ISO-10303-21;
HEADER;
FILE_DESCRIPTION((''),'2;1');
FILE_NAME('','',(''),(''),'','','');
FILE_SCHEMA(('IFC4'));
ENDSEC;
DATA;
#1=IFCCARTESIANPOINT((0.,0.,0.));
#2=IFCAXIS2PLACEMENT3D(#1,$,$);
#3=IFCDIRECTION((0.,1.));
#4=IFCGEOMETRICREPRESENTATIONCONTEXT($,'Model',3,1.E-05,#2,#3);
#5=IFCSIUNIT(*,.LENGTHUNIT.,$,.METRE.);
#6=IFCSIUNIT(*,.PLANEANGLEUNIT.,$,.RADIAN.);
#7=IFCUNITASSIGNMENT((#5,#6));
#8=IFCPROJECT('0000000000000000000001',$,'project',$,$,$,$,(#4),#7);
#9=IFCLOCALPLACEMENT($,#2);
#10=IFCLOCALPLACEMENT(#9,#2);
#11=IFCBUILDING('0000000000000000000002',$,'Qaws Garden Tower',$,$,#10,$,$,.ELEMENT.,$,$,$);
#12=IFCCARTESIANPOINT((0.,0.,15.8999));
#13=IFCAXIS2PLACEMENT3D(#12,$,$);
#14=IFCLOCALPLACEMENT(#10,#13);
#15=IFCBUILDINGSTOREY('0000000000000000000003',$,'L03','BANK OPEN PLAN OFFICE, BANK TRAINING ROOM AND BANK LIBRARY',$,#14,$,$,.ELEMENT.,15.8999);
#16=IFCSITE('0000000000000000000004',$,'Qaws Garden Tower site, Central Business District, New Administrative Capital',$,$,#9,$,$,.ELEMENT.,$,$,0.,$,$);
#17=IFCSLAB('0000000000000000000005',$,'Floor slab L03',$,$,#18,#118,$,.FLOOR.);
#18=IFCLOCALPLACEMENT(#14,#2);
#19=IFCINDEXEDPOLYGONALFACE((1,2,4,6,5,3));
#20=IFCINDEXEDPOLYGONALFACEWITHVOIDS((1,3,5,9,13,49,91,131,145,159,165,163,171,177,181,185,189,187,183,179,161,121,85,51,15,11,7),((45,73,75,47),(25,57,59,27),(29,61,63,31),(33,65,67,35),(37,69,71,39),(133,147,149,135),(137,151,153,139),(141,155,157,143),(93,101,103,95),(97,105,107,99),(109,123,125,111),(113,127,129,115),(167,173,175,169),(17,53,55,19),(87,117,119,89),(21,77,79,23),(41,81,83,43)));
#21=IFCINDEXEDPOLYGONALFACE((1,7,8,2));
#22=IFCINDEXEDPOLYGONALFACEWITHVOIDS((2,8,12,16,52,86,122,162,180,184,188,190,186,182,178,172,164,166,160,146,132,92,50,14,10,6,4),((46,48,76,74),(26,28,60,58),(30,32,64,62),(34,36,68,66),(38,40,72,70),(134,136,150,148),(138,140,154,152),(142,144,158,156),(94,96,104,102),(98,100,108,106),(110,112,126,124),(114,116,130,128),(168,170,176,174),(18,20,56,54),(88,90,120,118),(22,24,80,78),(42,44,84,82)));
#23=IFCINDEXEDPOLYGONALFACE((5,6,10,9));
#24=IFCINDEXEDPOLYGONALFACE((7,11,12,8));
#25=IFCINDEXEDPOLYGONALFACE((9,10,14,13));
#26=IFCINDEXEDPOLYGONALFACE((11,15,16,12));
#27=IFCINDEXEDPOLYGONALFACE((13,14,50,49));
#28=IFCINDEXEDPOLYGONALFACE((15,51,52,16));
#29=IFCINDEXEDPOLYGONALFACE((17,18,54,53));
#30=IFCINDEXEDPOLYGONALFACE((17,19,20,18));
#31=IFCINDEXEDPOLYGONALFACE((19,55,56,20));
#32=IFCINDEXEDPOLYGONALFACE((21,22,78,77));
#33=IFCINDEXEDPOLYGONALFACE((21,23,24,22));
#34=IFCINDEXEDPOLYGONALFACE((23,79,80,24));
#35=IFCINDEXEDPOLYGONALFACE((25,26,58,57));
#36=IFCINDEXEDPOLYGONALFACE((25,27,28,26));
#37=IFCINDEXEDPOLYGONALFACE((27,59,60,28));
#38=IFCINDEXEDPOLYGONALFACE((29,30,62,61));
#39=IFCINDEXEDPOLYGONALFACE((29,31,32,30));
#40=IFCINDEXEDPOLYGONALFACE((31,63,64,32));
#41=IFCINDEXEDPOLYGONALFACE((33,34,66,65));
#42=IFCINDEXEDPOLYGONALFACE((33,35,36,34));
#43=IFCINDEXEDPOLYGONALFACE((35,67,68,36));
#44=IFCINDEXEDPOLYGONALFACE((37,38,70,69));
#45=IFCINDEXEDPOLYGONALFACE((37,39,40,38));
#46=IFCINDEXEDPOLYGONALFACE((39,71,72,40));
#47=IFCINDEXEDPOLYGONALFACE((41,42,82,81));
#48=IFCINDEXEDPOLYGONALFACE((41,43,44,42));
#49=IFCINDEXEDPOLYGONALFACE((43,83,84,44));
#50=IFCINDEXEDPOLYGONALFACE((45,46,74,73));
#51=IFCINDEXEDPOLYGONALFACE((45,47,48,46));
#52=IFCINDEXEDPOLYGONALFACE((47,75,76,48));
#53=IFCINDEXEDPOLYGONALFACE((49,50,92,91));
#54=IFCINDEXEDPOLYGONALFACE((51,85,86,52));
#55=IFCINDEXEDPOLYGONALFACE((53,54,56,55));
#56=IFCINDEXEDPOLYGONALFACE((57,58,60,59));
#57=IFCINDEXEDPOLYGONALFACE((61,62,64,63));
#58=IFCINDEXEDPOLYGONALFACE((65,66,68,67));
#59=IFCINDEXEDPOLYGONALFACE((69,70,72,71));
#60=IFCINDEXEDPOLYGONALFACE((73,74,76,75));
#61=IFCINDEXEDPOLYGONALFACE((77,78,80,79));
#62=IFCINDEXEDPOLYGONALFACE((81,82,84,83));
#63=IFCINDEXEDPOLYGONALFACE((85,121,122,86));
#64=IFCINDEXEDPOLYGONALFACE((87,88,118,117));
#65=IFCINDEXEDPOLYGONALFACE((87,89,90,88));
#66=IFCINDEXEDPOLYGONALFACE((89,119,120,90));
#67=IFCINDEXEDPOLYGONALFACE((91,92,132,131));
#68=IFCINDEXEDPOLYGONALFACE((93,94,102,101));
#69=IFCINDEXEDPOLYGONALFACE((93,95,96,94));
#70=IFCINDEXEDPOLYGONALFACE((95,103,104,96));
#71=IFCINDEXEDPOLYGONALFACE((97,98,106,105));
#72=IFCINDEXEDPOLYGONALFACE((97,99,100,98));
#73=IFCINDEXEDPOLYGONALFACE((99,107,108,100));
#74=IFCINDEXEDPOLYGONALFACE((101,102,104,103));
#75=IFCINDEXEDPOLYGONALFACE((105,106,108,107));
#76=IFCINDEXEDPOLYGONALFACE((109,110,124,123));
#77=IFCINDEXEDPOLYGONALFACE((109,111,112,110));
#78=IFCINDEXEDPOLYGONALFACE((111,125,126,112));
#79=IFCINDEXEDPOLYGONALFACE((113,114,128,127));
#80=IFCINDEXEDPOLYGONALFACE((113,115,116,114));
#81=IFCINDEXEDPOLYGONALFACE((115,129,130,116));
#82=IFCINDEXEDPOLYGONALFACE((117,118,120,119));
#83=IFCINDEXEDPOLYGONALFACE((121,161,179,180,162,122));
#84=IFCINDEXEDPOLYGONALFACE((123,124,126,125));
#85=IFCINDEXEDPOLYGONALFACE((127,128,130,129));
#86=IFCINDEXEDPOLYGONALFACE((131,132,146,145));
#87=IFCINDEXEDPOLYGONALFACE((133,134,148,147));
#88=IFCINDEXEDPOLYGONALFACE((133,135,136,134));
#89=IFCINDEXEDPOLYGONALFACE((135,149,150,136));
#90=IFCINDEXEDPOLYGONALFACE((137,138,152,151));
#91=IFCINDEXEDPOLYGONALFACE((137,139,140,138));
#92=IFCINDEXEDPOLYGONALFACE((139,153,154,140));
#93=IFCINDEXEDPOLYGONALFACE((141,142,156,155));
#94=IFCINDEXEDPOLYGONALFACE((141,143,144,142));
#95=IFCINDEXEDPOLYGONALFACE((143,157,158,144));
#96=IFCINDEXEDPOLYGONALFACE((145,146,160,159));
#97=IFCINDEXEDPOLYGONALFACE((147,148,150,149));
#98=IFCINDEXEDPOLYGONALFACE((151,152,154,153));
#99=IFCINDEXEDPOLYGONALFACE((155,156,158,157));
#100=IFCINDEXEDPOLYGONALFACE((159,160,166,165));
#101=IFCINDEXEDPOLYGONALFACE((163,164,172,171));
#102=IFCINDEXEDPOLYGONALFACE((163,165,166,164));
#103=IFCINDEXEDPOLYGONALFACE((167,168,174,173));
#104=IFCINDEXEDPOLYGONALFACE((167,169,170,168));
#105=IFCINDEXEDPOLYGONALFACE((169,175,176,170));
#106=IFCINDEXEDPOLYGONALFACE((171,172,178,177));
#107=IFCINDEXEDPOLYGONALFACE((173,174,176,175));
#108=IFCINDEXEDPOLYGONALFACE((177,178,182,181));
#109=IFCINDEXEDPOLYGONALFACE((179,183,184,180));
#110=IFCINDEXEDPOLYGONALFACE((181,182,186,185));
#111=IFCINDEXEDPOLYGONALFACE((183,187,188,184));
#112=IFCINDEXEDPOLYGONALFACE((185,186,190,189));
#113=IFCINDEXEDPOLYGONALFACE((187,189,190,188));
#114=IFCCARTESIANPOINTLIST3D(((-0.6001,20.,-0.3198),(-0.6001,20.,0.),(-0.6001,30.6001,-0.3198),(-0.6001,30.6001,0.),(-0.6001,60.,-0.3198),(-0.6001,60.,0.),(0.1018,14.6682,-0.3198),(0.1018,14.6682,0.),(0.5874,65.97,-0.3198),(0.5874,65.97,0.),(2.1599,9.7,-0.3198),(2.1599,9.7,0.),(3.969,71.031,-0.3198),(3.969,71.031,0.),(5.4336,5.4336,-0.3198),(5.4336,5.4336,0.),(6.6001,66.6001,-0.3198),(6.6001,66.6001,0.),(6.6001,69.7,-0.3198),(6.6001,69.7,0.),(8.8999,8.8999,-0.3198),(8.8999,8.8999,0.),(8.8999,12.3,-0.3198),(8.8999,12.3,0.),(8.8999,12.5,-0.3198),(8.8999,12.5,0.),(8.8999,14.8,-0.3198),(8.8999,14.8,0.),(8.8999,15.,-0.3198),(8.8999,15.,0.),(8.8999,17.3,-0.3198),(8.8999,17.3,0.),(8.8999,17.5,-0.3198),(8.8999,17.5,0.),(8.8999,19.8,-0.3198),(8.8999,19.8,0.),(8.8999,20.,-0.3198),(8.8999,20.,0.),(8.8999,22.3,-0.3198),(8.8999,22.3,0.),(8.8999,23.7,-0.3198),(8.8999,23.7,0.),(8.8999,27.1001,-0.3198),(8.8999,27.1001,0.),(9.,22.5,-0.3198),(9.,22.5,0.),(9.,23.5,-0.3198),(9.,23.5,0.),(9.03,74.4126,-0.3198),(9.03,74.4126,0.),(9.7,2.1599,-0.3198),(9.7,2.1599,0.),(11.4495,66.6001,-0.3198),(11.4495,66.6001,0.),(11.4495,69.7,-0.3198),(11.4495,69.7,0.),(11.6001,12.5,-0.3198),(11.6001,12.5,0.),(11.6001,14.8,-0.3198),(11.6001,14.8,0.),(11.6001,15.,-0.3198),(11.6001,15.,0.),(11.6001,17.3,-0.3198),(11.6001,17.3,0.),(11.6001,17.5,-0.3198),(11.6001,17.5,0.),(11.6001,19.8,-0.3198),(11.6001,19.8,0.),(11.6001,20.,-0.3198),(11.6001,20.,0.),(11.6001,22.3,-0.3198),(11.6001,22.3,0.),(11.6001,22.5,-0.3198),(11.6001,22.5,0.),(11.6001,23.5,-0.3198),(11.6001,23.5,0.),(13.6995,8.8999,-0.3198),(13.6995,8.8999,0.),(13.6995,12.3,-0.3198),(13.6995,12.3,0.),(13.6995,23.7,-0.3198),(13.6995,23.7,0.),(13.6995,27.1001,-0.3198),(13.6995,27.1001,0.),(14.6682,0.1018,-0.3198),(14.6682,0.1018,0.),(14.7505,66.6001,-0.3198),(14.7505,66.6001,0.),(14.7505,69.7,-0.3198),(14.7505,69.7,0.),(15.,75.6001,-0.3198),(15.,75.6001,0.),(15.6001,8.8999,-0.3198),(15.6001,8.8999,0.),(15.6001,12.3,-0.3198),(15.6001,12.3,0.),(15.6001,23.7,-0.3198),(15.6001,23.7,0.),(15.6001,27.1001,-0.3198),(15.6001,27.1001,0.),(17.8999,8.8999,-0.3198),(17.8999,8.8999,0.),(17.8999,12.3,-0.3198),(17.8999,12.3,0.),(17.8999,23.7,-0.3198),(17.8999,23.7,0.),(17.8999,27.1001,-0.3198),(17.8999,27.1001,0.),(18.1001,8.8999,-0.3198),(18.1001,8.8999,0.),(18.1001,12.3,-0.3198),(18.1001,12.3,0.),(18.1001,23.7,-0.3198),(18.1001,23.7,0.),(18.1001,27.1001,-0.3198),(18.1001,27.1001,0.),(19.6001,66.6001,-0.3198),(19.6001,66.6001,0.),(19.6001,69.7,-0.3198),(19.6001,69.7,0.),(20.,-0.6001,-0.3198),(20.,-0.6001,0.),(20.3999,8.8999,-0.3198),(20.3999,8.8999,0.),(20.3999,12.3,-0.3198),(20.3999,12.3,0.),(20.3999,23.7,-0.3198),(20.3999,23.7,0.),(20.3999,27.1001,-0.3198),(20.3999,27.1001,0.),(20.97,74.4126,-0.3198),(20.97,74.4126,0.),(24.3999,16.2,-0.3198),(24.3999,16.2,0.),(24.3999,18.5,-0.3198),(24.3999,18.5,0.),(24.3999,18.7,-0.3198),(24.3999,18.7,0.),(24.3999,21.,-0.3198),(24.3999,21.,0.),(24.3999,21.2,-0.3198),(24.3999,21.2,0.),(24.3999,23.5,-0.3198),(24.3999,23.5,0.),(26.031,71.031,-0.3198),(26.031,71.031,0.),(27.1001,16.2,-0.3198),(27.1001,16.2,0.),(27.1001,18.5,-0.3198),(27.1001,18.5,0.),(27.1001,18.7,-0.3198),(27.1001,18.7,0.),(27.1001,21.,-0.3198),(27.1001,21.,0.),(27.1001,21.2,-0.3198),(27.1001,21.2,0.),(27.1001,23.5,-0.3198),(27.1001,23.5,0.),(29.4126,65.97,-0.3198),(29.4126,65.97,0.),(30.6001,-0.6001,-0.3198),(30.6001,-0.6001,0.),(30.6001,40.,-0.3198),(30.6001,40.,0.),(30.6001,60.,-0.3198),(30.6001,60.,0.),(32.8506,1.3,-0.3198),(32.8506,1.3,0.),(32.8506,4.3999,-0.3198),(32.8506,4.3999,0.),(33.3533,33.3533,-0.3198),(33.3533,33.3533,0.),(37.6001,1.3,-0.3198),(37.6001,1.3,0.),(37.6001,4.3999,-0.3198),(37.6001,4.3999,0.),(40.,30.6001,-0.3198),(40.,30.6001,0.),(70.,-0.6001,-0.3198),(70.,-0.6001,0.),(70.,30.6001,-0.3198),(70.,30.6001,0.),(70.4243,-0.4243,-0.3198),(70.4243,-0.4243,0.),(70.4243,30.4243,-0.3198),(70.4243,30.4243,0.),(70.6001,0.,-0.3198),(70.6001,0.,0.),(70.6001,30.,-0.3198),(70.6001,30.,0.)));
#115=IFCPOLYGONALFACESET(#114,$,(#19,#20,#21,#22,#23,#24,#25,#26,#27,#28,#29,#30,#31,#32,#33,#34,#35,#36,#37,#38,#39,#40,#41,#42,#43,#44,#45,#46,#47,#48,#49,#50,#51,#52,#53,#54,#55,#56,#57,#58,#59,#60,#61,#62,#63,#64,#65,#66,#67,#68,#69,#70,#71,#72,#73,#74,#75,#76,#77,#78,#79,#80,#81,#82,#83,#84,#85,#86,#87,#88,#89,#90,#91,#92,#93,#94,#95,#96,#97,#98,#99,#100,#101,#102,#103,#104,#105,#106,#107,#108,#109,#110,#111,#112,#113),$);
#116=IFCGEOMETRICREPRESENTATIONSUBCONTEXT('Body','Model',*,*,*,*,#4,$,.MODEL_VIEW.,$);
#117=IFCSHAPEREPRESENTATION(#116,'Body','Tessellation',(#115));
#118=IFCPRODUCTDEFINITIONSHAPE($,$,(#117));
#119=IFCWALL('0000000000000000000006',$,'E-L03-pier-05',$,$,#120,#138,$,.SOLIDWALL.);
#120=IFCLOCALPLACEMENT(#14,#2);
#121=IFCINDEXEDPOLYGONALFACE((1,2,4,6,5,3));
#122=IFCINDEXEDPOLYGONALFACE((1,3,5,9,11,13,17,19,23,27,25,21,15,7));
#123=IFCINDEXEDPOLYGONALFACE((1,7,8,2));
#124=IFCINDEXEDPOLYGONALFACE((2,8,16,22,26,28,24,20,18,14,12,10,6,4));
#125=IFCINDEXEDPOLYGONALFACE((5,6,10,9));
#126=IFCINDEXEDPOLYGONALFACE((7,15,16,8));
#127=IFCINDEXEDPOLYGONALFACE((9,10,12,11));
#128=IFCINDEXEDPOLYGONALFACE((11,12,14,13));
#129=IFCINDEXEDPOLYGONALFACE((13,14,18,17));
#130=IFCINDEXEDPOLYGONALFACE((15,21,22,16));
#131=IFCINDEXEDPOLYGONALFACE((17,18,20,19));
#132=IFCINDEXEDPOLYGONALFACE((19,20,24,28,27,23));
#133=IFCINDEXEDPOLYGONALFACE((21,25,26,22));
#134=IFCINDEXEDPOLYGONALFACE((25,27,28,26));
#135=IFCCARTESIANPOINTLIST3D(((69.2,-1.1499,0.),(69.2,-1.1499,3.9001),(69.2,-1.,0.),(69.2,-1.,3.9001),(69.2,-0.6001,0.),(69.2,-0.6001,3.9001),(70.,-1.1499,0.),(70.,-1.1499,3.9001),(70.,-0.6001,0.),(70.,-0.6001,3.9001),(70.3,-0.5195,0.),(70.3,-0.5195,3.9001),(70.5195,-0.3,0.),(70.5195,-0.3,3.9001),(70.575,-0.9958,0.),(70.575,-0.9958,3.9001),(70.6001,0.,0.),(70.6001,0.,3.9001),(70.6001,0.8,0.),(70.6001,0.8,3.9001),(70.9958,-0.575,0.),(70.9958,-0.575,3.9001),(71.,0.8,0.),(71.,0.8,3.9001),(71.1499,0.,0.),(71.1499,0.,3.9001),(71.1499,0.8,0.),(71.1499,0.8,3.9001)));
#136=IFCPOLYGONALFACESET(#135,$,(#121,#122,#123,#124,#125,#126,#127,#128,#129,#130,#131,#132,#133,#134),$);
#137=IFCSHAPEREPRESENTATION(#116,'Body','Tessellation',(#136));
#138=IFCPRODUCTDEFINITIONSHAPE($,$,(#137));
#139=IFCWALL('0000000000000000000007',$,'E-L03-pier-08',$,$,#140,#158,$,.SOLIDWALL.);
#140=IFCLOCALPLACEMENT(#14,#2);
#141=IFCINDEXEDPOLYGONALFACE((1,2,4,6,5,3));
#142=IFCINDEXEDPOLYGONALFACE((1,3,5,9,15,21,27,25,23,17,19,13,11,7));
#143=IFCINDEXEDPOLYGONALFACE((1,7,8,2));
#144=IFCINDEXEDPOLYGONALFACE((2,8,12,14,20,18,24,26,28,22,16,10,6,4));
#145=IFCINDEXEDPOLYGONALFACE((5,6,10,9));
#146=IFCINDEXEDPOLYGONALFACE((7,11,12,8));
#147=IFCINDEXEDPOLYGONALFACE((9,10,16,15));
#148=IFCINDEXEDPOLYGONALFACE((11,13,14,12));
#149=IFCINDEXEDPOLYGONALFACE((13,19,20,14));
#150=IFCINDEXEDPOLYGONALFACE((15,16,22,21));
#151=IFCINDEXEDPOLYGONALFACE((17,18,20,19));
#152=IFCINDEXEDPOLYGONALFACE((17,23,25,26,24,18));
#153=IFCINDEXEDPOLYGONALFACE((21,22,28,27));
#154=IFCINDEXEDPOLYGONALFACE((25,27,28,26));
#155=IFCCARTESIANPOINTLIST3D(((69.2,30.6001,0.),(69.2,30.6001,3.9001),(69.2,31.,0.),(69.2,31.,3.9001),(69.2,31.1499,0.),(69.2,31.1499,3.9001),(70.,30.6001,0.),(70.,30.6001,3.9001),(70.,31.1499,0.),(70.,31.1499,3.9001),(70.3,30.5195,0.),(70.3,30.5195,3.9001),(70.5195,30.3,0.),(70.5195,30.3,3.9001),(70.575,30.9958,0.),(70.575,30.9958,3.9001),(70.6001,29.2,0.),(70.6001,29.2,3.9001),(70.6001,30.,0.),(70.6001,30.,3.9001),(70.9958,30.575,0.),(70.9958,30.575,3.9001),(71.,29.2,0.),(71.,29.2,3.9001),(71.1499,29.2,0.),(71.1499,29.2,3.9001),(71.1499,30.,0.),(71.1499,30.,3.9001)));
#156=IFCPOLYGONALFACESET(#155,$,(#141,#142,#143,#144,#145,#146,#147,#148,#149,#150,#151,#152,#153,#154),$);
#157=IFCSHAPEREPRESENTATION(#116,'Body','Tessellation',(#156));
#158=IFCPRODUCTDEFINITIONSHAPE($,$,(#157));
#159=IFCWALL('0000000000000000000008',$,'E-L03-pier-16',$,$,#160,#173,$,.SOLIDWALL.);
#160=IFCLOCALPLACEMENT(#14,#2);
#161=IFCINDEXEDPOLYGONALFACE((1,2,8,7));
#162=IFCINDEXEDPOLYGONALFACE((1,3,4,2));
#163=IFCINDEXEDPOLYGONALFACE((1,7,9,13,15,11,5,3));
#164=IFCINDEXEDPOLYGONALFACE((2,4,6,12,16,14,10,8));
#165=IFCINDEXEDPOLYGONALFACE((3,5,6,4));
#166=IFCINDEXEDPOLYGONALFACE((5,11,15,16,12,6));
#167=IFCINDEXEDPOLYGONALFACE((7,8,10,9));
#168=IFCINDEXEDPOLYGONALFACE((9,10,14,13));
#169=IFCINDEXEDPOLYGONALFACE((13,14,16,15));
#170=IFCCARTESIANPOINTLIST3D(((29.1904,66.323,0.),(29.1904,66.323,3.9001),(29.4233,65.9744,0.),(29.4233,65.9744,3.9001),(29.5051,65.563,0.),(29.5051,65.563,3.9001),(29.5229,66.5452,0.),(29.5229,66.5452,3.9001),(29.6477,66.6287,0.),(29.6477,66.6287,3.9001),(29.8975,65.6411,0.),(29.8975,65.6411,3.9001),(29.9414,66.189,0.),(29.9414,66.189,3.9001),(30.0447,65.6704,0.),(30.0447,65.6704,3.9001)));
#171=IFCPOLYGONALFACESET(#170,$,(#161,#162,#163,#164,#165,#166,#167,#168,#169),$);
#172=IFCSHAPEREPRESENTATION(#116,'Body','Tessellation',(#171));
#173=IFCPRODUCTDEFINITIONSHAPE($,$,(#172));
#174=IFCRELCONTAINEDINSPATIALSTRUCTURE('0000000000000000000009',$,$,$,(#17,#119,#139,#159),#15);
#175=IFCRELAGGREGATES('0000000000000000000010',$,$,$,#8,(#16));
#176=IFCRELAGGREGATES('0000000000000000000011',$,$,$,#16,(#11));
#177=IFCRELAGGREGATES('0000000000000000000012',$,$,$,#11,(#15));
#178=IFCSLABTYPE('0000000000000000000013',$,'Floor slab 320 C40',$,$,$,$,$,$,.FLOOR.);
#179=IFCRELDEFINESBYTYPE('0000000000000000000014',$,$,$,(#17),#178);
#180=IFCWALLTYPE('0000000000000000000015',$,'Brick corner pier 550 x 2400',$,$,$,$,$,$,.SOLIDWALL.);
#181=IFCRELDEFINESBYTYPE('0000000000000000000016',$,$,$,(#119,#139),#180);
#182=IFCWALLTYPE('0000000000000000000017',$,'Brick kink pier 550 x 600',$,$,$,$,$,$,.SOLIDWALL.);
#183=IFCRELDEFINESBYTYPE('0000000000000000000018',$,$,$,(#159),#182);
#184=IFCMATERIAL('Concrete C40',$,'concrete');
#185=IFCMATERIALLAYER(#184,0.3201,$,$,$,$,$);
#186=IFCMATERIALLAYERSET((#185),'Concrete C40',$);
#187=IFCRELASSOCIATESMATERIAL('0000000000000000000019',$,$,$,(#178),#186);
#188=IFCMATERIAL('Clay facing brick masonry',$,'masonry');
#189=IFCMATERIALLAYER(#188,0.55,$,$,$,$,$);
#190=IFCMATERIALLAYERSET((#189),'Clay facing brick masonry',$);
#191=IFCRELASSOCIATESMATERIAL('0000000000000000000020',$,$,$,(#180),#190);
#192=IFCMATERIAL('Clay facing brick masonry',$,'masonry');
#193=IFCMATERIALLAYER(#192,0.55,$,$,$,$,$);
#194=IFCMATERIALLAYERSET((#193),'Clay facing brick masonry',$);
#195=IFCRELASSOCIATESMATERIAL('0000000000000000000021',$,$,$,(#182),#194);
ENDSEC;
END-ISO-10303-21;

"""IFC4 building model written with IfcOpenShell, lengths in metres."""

from ifc_helpers import new_model, si_unit, direction, frame, origin, place, context, subcontext, project, spatial, polyline, outline, extrude, material, layer, layer_set, type_object, element, save


model = new_model("IFC4")

# Units and contexts
model_context = context("Model", 3, precision=1e-05, world=origin(), true_north=direction((0.0, 1.0)))
body_context = subcontext(model_context, "Body", "Model", "MODEL_VIEW")
ifc_project = project(units=[si_unit("LENGTHUNIT", "METRE"), si_unit("PLANEANGLEUNIT", "RADIAN")], contexts=[model_context])

# Site, building, storey
site_placement = place(None, origin())
site = spatial("IfcSite", under=ifc_project, at=site_placement, Name="Qaws Garden Tower site, Central Business District, New Administrative Capital", CompositionType="ELEMENT", RefElevation=0.0)
building_placement = place(site_placement, origin())
building = spatial("IfcBuilding", under=site, at=building_placement, Name="Qaws Garden Tower", CompositionType="ELEMENT")
storey_placement = place(building_placement, frame((0.0, 0.0, 15.8999)))
storey = spatial("IfcBuildingStorey", under=building, at=storey_placement, Name="L03", Description="BANK OPEN PLAN OFFICE, BANK TRAINING ROOM AND BANK LIBRARY", CompositionType="ELEMENT", Elevation=15.8999)

# Slab
ifc_material_1 = material(Name="Concrete C40", Category="concrete")
ifc_layer_1 = layer(ifc_material_1, 0.3201)
ifc_layer_set_1 = layer_set([ifc_layer_1], Name="Concrete C40")
slab_type = type_object("IfcSlabType", Name="Floor slab 320 C40", PredefinedType="FLOOR", material=ifc_layer_set_1)
slab_placement = place(storey_placement, frame((0.0, 0.0, -0.3198)))
element("IfcSlab", 1, at=slab_placement, inside=storey, type_object=slab_type, Name="Floor slab L03", PredefinedType="FLOOR", context=body_context, shape_type="SweptSolid", body=[
    extrude(outline(polyline([(0.1018, 14.6682), (-0.6001, 20.0), (-0.6001, 30.6001), (-0.6001, 60.0), (-0.6001, 60.0), (0.5874, 65.97), (3.969, 71.031), (9.03, 74.4126), (15.0, 75.6001), (20.97, 74.4126), (26.031, 71.031), (29.4126, 65.97), (30.6001, 60.0), (30.6001, 40.0), (33.3533, 33.3533), (40.0, 30.6001), (70.0, 30.6001), (70.4243, 30.4243), (70.6001, 30.0), (70.6001, 0.0), (70.4243, -0.4243), (70.0, -0.6001), (30.6001, -0.6001), (20.0, -0.6001), (14.6682, 0.1018), (9.7, 2.1599), (5.4336, 5.4336), (2.1599, 9.7), (0.1018, 14.6682)]), holes=[polyline([(13.6995, 12.3), (8.8999, 12.3), (8.8999, 8.8999), (13.6995, 8.8999), (13.6995, 12.3)]), polyline([(17.8999, 12.3), (15.6001, 12.3), (15.6001, 8.8999), (17.8999, 8.8999), (17.8999, 12.3)]), polyline([(11.6001, 14.8), (8.8999, 14.8), (8.8999, 12.5), (11.6001, 12.5), (11.6001, 14.8)]), polyline([(11.6001, 17.3), (8.8999, 17.3), (8.8999, 15.0), (11.6001, 15.0), (11.6001, 17.3)]), polyline([(11.6001, 19.8), (8.8999, 19.8), (8.8999, 17.5), (11.6001, 17.5), (11.6001, 19.8)]), polyline([(11.6001, 22.3), (8.8999, 22.3), (8.8999, 20.0), (11.6001, 20.0), (11.6001, 22.3)]), polyline([(11.6001, 23.5), (9.0, 23.5), (9.0, 22.5), (11.6001, 22.5), (11.6001, 23.5)]), polyline([(13.6995, 27.1001), (8.8999, 27.1001), (8.8999, 23.7), (13.6995, 23.7), (13.6995, 27.1001)]), polyline([(11.4495, 69.7), (6.6001, 69.7), (6.6001, 66.6001), (11.4495, 66.6001), (11.4495, 69.7)]), polyline([(37.6001, 4.3999), (32.8506, 4.3999), (32.8506, 1.3), (37.6001, 1.3), (37.6001, 4.3999)]), polyline([(20.3999, 12.3), (18.1001, 12.3), (18.1001, 8.8999), (20.3999, 8.8999), (20.3999, 12.3)]), polyline([(27.1001, 18.5), (24.3999, 18.5), (24.3999, 16.2), (27.1001, 16.2), (27.1001, 18.5)]), polyline([(27.1001, 21.0), (24.3999, 21.0), (24.3999, 18.7), (27.1001, 18.7), (27.1001, 21.0)]), polyline([(27.1001, 23.5), (24.3999, 23.5), (24.3999, 21.2), (27.1001, 21.2), (27.1001, 23.5)]), polyline([(17.8999, 27.1001), (15.6001, 27.1001), (15.6001, 23.7), (17.8999, 23.7), (17.8999, 27.1001)]), polyline([(20.3999, 23.7), (20.3999, 27.1001), (18.1001, 27.1001), (18.1001, 23.7), (20.3999, 23.7)]), polyline([(19.6001, 66.6001), (19.6001, 69.7), (14.7505, 69.7), (14.7505, 66.6001), (19.6001, 66.6001)])]), origin(), (0.0, 0.0, 1.0), 0.3198),
])

# Walls
ifc_material_2 = material(Name="Clay facing brick masonry", Category="masonry")
ifc_layer_2 = layer(ifc_material_2, 0.55)
ifc_layer_set_2 = layer_set([ifc_layer_2], Name="Clay facing brick masonry")
wall_type_1 = type_object("IfcWallType", Name="Brick corner pier 550 x 2400", PredefinedType="SOLIDWALL", material=ifc_layer_set_2)
placement = place(storey_placement, origin())
element("IfcWall", 2, at=placement, inside=storey, type_object=wall_type_1, Name="E-L03-pier-05", PredefinedType="SOLIDWALL", context=body_context, shape_type="SweptSolid", body=[
    extrude(outline(polyline([(69.2, -1.0), (69.2, -1.1499), (70.0, -1.1499), (70.575, -0.9958), (70.9958, -0.575), (71.1499, 0.0), (71.1499, 0.8), (71.0, 0.8), (70.6001, 0.8), (70.6001, 0.0), (70.5195, -0.3), (70.3, -0.5195), (70.0, -0.6001), (69.2, -0.6001), (69.2, -1.0)])), origin(), (0.0, 0.0, 1.0), 3.9001),
])
element("IfcWall", 3, at=placement, inside=storey, type_object=wall_type_1, Name="E-L03-pier-08", PredefinedType="SOLIDWALL", context=body_context, shape_type="SweptSolid", body=[
    extrude(outline(polyline([(71.0, 29.2), (71.1499, 29.2), (71.1499, 30.0), (70.9958, 30.575), (70.575, 30.9958), (70.0, 31.1499), (69.2, 31.1499), (69.2, 31.0), (69.2, 30.6001), (70.0, 30.6001), (70.3, 30.5195), (70.5195, 30.3), (70.6001, 30.0), (70.6001, 29.2), (71.0, 29.2)])), origin(), (0.0, 0.0, 1.0), 3.9001),
])
ifc_material_3 = material(Name="Clay facing brick masonry", Category="masonry")
ifc_layer_3 = layer(ifc_material_3, 0.55)
ifc_layer_set_3 = layer_set([ifc_layer_3], Name="Clay facing brick masonry")
wall_type_2 = type_object("IfcWallType", Name="Brick kink pier 550 x 600", PredefinedType="SOLIDWALL", material=ifc_layer_set_3)
element("IfcWall", 4, at=placement, inside=storey, type_object=wall_type_2, Name="E-L03-pier-16", PredefinedType="SOLIDWALL", context=body_context, shape_type="SweptSolid", body=[
    extrude(outline(polyline([(29.8975, 65.6411), (30.0447, 65.6704), (29.9414, 66.189), (29.6477, 66.6287), (29.5229, 66.5452), (29.1904, 66.323), (29.4233, 65.9744), (29.5051, 65.563), (29.8975, 65.6411)])), origin(), (0.0, 0.0, 1.0), 3.9001),
])

save(model, "model.ifc")
